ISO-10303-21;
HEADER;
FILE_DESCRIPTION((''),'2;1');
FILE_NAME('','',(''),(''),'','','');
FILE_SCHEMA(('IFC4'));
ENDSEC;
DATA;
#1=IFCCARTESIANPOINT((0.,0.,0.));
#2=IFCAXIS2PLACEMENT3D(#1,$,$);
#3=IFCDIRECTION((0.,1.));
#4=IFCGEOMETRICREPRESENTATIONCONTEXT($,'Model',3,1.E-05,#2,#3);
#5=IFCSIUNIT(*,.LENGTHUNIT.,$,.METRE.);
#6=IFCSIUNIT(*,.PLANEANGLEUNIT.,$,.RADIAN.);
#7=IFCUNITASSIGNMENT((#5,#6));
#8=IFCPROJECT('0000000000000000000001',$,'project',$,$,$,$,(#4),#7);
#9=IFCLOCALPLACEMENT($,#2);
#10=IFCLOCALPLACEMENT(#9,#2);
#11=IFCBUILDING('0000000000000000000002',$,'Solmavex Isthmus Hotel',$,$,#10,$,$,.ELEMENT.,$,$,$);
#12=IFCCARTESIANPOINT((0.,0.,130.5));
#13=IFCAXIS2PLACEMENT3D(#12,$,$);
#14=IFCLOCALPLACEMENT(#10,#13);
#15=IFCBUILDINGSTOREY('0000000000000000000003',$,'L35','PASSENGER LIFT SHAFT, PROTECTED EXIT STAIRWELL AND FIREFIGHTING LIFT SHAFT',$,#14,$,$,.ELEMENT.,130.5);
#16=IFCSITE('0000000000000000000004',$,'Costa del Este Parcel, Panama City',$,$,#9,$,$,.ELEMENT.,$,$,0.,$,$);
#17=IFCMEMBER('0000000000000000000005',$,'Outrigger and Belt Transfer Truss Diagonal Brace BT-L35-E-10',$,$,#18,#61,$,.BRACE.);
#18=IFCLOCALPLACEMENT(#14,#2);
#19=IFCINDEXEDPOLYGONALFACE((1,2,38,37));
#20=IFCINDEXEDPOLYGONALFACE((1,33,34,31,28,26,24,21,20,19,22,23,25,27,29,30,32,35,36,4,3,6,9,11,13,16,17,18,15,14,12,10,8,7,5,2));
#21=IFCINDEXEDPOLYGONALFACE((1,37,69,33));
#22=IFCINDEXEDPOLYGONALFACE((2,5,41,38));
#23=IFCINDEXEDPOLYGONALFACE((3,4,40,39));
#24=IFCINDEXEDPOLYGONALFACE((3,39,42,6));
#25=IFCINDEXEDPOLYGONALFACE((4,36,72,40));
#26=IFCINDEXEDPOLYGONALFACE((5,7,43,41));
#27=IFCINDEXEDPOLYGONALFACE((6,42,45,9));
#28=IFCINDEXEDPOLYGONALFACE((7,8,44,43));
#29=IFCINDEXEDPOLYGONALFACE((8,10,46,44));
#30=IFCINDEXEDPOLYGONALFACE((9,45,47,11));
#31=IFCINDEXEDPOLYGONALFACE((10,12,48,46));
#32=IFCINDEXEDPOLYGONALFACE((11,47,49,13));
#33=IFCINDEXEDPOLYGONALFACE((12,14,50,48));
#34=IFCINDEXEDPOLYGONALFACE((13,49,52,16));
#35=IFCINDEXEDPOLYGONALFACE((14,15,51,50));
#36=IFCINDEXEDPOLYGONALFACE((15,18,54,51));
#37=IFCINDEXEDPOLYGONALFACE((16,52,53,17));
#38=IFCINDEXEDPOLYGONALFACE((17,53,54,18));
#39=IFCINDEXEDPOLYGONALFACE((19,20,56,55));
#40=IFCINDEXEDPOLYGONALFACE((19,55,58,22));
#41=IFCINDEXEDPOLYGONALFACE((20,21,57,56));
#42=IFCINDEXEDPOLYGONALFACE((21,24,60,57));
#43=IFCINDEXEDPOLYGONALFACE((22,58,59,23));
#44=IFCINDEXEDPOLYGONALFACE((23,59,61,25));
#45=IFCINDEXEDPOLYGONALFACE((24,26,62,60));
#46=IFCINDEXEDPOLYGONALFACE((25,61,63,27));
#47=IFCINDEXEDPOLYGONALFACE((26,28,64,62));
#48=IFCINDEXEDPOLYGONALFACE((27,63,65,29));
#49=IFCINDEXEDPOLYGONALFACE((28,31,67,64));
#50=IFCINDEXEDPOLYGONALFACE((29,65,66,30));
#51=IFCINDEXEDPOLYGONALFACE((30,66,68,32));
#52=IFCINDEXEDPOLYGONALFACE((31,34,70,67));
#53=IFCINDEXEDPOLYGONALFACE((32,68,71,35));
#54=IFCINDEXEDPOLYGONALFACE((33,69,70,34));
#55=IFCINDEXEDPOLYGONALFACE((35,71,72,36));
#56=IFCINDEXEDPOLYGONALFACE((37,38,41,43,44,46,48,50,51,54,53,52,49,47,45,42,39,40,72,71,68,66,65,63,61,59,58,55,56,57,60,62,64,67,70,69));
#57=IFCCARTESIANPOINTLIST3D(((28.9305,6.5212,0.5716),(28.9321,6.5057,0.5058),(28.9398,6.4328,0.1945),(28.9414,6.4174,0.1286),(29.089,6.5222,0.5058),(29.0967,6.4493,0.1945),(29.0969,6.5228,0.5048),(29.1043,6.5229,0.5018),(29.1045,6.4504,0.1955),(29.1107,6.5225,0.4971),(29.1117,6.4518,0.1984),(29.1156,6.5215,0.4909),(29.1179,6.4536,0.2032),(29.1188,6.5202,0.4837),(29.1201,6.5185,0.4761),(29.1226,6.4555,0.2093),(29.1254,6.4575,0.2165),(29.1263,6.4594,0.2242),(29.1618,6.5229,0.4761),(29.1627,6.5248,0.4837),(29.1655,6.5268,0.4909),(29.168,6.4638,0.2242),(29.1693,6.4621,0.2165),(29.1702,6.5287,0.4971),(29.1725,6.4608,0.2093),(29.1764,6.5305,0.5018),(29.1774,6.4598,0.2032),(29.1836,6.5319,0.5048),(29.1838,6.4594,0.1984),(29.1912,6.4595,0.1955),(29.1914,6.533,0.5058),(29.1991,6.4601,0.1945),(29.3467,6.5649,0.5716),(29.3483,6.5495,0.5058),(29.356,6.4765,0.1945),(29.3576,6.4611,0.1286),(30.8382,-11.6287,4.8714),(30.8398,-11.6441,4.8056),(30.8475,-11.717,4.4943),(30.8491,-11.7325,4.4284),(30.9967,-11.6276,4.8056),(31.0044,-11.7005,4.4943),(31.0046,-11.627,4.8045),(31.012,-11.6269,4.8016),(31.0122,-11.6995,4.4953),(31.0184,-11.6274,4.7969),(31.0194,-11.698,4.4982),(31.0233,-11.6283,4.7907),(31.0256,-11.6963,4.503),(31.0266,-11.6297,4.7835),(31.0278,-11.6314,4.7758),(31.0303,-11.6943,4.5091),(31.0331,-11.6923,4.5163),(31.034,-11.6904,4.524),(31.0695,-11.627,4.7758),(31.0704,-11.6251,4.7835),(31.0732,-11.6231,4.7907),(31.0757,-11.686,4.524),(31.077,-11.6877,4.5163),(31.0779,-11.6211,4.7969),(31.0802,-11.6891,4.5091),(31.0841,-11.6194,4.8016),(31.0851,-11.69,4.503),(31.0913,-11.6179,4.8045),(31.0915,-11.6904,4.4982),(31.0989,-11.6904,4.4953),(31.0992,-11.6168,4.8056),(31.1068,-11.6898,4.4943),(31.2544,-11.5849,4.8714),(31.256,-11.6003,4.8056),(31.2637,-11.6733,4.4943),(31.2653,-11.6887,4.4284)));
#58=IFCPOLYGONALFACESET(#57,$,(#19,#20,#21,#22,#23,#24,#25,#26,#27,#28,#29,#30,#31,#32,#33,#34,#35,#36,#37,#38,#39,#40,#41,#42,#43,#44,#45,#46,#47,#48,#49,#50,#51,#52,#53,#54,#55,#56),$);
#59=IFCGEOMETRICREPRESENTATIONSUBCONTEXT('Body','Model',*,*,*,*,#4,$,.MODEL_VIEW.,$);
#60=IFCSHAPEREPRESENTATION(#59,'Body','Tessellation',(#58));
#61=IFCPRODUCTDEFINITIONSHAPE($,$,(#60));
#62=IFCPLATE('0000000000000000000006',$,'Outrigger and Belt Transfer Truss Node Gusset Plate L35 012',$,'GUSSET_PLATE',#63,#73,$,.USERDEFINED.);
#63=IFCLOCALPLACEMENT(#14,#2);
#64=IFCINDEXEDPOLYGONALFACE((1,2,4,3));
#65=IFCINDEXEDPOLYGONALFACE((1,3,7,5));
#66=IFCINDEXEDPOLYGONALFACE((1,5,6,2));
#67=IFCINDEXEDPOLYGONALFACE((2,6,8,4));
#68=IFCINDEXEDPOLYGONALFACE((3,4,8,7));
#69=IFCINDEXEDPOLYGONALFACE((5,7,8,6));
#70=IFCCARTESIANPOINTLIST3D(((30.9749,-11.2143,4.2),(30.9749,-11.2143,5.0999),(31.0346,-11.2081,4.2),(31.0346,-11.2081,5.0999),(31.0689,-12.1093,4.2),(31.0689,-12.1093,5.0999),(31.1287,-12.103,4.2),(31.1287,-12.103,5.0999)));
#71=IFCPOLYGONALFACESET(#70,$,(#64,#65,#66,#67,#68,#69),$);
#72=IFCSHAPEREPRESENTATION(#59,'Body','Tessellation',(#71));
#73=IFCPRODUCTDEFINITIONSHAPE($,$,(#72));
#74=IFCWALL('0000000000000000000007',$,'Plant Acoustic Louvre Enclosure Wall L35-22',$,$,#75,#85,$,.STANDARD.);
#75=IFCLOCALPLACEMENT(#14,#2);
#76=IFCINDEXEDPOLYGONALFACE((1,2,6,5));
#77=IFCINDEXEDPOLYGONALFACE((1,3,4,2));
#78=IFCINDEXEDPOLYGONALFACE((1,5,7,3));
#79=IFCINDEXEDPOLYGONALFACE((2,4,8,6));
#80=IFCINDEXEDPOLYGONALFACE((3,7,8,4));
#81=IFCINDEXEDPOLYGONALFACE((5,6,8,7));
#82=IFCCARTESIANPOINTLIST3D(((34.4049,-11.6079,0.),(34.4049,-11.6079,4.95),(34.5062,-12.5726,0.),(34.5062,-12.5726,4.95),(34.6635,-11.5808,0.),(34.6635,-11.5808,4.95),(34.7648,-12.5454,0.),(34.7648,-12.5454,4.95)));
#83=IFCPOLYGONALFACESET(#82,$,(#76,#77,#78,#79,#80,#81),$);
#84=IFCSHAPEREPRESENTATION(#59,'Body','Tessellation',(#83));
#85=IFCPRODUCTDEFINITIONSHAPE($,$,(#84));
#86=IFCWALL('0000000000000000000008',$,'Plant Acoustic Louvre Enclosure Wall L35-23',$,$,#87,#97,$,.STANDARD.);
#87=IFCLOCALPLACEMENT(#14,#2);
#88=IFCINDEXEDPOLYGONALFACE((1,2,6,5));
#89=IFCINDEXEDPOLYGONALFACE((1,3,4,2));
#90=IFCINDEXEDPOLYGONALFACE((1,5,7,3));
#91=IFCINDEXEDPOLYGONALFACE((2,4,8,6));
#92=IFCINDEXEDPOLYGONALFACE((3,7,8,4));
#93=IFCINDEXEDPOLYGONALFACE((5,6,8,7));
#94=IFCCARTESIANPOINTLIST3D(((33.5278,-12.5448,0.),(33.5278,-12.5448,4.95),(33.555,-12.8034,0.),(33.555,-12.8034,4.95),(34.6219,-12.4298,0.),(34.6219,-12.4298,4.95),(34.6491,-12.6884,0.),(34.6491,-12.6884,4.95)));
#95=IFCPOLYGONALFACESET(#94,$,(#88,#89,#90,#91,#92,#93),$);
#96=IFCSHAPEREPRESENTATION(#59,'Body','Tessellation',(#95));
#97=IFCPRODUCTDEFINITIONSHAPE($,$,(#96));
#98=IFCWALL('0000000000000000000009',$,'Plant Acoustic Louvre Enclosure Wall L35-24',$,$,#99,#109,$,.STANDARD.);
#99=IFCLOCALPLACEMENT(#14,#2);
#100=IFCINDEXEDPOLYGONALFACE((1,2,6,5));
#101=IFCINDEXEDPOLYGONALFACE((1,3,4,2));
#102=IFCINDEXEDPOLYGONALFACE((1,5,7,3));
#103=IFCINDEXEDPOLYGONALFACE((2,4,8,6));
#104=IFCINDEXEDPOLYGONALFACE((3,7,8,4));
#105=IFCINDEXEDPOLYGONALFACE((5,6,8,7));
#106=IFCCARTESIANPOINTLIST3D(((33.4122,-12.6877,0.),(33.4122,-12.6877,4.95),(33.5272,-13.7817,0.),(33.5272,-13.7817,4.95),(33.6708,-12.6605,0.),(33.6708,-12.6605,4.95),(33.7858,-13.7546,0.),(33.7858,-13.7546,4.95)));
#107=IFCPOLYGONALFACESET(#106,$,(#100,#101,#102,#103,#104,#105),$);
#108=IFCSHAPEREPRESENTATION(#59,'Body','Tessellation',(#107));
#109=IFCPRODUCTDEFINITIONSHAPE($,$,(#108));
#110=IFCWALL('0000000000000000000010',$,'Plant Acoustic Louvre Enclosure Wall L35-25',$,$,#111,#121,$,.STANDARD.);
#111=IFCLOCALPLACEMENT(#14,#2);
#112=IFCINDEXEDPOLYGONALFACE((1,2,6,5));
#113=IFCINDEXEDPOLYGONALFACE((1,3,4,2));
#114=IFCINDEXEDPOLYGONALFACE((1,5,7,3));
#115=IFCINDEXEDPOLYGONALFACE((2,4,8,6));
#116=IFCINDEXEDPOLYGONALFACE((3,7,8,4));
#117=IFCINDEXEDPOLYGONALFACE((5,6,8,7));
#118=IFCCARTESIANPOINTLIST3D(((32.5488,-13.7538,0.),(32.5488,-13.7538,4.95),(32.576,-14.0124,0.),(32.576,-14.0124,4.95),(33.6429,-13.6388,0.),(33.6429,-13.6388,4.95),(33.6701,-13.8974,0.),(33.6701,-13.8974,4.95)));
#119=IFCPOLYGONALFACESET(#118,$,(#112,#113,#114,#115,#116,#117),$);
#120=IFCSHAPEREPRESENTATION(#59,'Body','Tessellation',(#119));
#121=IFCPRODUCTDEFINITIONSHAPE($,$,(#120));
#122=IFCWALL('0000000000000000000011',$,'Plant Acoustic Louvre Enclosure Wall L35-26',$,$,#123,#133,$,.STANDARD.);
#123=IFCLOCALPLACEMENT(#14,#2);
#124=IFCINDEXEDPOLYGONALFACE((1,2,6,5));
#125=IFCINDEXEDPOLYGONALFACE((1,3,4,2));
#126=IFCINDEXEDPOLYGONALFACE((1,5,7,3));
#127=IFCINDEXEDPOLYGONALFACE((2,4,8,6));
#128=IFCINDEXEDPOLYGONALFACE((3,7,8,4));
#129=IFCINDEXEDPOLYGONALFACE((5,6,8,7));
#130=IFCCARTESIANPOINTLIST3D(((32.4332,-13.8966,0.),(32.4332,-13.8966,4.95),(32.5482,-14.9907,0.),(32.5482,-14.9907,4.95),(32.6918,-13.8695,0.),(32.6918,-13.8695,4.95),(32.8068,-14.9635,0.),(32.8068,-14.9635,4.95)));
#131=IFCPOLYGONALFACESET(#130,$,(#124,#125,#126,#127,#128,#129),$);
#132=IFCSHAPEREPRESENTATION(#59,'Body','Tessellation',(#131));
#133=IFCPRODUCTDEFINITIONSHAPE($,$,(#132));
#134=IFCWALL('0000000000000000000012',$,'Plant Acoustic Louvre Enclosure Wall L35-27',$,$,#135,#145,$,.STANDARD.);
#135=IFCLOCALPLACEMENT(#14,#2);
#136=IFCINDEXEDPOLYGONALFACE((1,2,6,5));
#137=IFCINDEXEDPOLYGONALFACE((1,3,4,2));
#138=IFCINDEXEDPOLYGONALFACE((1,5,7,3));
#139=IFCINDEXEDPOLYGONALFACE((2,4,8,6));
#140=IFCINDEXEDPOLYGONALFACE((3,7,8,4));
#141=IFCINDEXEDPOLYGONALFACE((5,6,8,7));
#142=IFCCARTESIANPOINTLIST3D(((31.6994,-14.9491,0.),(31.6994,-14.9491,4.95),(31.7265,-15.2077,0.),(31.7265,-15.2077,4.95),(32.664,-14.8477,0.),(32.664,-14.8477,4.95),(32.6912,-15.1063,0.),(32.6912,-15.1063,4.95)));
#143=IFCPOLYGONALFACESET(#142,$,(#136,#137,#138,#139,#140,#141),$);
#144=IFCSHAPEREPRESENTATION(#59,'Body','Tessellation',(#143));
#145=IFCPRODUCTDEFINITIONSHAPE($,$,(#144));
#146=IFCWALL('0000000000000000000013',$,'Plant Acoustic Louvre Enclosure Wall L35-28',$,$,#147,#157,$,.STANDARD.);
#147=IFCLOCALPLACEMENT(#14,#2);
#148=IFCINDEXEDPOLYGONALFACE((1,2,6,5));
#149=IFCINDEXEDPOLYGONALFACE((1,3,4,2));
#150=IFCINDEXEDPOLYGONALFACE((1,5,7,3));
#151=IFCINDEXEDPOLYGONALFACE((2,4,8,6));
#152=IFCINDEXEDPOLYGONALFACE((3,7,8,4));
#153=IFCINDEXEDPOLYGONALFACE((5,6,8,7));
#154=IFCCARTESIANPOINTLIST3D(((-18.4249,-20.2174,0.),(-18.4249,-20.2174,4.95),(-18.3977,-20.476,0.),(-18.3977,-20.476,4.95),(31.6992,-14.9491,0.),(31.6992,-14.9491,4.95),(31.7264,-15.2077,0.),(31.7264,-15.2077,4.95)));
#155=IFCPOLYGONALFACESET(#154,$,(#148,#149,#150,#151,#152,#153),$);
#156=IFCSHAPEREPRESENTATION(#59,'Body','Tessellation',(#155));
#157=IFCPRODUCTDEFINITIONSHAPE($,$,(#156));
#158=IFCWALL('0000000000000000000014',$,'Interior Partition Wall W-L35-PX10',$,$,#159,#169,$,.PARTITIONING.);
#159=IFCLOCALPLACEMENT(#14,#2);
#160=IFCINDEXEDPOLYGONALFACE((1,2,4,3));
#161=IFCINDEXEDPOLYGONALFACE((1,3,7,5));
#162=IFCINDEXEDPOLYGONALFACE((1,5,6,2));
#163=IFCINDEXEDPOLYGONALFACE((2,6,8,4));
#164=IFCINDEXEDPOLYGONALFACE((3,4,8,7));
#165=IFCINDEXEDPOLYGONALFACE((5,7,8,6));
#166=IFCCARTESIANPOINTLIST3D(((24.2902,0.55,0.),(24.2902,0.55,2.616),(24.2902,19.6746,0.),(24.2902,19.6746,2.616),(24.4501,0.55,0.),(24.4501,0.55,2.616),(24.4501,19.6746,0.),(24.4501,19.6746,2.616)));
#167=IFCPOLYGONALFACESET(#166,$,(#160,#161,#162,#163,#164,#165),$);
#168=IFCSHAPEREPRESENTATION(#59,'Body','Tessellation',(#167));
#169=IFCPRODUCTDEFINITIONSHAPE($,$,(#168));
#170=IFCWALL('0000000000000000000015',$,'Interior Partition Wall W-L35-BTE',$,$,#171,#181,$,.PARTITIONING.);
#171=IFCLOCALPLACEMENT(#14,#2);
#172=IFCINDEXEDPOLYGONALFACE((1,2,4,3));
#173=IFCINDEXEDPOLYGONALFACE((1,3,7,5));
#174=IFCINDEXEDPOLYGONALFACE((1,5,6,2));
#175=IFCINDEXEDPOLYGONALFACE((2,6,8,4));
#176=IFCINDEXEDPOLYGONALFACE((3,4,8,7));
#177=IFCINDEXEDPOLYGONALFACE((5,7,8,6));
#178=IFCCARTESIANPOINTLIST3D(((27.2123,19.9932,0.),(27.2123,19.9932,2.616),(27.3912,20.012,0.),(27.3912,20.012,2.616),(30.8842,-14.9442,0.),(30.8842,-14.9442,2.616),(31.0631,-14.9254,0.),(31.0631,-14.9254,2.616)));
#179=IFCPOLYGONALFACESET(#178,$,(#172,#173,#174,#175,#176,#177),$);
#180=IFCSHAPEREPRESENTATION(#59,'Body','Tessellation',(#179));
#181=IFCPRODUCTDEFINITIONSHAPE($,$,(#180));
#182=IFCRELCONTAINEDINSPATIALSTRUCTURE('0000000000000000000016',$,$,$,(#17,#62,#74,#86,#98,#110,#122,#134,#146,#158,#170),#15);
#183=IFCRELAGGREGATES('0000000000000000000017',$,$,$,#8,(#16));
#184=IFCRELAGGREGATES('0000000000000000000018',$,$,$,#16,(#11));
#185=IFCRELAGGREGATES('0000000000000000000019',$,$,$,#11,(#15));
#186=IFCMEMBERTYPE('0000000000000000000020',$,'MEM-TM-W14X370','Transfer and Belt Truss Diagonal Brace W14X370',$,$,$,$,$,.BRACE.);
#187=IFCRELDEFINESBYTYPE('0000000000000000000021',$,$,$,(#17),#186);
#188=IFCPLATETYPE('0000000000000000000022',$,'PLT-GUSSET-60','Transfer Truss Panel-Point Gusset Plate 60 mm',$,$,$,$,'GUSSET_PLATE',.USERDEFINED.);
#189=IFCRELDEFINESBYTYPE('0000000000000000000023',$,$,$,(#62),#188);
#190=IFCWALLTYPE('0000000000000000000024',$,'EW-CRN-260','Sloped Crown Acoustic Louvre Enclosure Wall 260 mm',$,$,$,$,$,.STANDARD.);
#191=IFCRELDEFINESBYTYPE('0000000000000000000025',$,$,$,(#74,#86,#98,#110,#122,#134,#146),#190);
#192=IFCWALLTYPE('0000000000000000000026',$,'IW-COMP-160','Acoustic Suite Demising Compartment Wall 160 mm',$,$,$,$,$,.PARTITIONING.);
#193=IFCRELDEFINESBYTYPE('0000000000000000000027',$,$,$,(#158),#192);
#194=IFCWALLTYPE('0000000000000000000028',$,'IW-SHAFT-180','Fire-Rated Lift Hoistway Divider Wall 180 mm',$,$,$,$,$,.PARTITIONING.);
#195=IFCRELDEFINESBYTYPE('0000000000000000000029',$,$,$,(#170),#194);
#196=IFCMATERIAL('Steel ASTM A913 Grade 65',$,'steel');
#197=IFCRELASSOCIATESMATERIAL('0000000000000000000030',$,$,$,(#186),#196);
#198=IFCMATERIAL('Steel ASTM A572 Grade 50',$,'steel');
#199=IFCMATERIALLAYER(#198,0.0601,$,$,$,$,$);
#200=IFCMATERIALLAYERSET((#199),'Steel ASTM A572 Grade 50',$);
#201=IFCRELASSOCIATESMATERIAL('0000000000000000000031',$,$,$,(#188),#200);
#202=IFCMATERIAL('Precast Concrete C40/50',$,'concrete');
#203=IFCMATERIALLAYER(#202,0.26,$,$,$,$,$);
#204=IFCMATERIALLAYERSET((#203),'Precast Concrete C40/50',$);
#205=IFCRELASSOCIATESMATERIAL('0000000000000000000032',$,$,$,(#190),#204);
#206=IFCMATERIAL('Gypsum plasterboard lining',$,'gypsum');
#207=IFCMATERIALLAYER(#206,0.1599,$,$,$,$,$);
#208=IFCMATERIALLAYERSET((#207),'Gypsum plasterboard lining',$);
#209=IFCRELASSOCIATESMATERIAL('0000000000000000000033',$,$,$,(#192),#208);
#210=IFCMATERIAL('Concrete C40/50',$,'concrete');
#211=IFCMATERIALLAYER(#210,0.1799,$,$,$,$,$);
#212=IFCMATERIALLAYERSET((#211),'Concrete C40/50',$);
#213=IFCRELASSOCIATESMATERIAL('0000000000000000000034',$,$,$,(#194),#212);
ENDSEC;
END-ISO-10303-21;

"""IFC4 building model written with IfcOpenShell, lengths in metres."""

from ifc_helpers import new_model, si_unit, direction, frame, frame_2d, origin, origin_2d, place, context, subcontext, project, spatial, rectangle, i_section, extrude, material, layer, layer_set, material_profile, profile_set, type_object, element, save


model = new_model("IFC4")

# Units and contexts
model_context = context("Model", 3, precision=1e-05, world=origin(), true_north=direction((0.0, 1.0)))
body_context = subcontext(model_context, "Body", "Model", "MODEL_VIEW")
ifc_project = project(units=[si_unit("LENGTHUNIT", "METRE"), si_unit("PLANEANGLEUNIT", "RADIAN")], contexts=[model_context])

# Site, building, storey
site_placement = place(None, origin())
site = spatial("IfcSite", under=ifc_project, at=site_placement, Name="Costa del Este Parcel, Panama City", CompositionType="ELEMENT", RefElevation=0.0)
building_placement = place(site_placement, origin())
building = spatial("IfcBuilding", under=site, at=building_placement, Name="Solmavex Isthmus Hotel", CompositionType="ELEMENT")
storey_placement = place(building_placement, frame((0.0, 0.0, 130.5)))
storey = spatial("IfcBuildingStorey", under=building, at=storey_placement, Name="L35", Description="PASSENGER LIFT SHAFT, PROTECTED EXIT STAIRWELL AND FIREFIGHTING LIFT SHAFT", CompositionType="ELEMENT", Elevation=130.5)

# Shared definitions
ifc_material_1 = material(Name="Steel ASTM A913 Grade 65", Category="steel")

# Member
ifc_material_profile_1 = material_profile(ifc_material_1, i_section(OverallWidth=0.4185, OverallDepth=0.4551, WebThickness=0.042, FlangeThickness=0.0676, FilletRadius=0.0305, at=origin_2d()), Name="W14X370")
ifc_profile_set_1 = profile_set([ifc_material_profile_1], Name="Steel ASTM A913 Grade 65")
member_type_1 = type_object("IfcMemberType", Name="MEM-TM-W14X370", Description="Transfer and Belt Truss Diagonal Brace W14X370", PredefinedType="BRACE", material=ifc_profile_set_1)
member_1_placement = place(storey_placement, frame((31.0518, -11.6587, 4.6499), z_axis=(-0.101747, 0.968017, -0.229328), x_axis=(-0.994521, -0.104533, 0.0)))
element("IfcMember", 1, at=member_1_placement, inside=storey, type_object=member_type_1, Name="Outrigger and Belt Transfer Truss Diagonal Brace BT-L35-E-10", PredefinedType="BRACE", context=body_context, shape_type="SweptSolid", body=[
    extrude(i_section(OverallWidth=0.4185, OverallDepth=0.4551, WebThickness=0.042, FlangeThickness=0.0676, FilletRadius=0.0305, at=origin_2d()), origin(), (0.0, 0.0, 1.0), 18.7495),
])

# Plate
ifc_material_2 = material(Name="Steel ASTM A572 Grade 50", Category="steel")
ifc_layer_1 = layer(ifc_material_2, 0.0601)
ifc_layer_set_1 = layer_set([ifc_layer_1], Name="Steel ASTM A572 Grade 50")
plate_type = type_object("IfcPlateType", Name="PLT-GUSSET-60", Description="Transfer Truss Panel-Point Gusset Plate 60 mm", ElementType="GUSSET_PLATE", PredefinedType="USERDEFINED", material=ifc_layer_set_1)
plate_placement = place(storey_placement, frame((31.0518, -11.6587, 4.2), z_axis=(0.0, 0.0, 1.0), x_axis=(-0.104528, 0.994522, 0.0)))
element("IfcPlate", 2, at=plate_placement, inside=storey, type_object=plate_type, Name="Outrigger and Belt Transfer Truss Node Gusset Plate L35 012", ObjectType="GUSSET_PLATE", PredefinedType="USERDEFINED", context=body_context, shape_type="SweptSolid", body=[
    extrude(rectangle(XDim=0.8999, YDim=0.0601, at=origin_2d()), origin(), (0.0, 0.0, 1.0), 0.8999),
])

# Walls
ifc_material_3 = material(Name="Precast Concrete C40/50", Category="concrete")
ifc_layer_2 = layer(ifc_material_3, 0.26)
ifc_layer_set_2 = layer_set([ifc_layer_2], Name="Precast Concrete C40/50")
wall_type_1 = type_object("IfcWallType", Name="EW-CRN-260", Description="Sloped Crown Acoustic Louvre Enclosure Wall 260 mm", PredefinedType="STANDARD", material=ifc_layer_set_2)
wall_1_placement = place(storey_placement, frame((34.5342, -11.5945, 0.0), z_axis=(0.0, 0.0, 1.0), x_axis=(0.104462, -0.994529, 0.0)))
element("IfcWall", 3, at=wall_1_placement, inside=storey, type_object=wall_type_1, Name="Plant Acoustic Louvre Enclosure Wall L35-22", PredefinedType="STANDARD", context=body_context, shape_type="SweptSolid", body=[
    extrude(rectangle(XDim=0.97, YDim=0.26, at=frame_2d((0.4849, 0.0))), origin(), (0.0, 0.0, 1.0), 4.95),
])
for number, where, z_axis, x_axis, name in (
    (4, (34.6355, -12.5591, 0.0), (0.0, 0.0, 1.0), (-0.994521, -0.104535, 0.0), "Plant Acoustic Louvre Enclosure Wall L35-23"),
    (5, (33.5415, -12.6741, 0.0), (0.0, 0.0, 1.0), (0.104535, -0.994521, 0.0), "Plant Acoustic Louvre Enclosure Wall L35-24"),
    (6, (33.6565, -13.7681, 0.0), (0.0, 0.0, 1.0), (-0.994521, -0.104535, 0.0), "Plant Acoustic Louvre Enclosure Wall L35-25"),
    (7, (32.5625, -13.8831, 0.0), (0.0, 0.0, 1.0), (0.104535, -0.994521, 0.0), "Plant Acoustic Louvre Enclosure Wall L35-26"),
):
    element("IfcWall", number, at=place(storey_placement, frame(where, z_axis=z_axis, x_axis=x_axis)), inside=storey, type_object=wall_type_1, Name=name, PredefinedType="STANDARD", context=body_context, shape_type="SweptSolid", body=[
        extrude(rectangle(XDim=1.1001, YDim=0.26, at=frame_2d((0.55, 0.0))), origin(), (0.0, 0.0, 1.0), 4.95),
    ])
wall_2_placement = place(storey_placement, frame((32.6775, -14.9771, 0.0), z_axis=(0.0, 0.0, 1.0), x_axis=(-0.994529, -0.104462, 0.0)))
element("IfcWall", 8, at=wall_2_placement, inside=storey, type_object=wall_type_1, Name="Plant Acoustic Louvre Enclosure Wall L35-27", PredefinedType="STANDARD", context=body_context, shape_type="SweptSolid", body=[
    extrude(rectangle(XDim=0.97, YDim=0.26, at=frame_2d((0.4849, 0.0))), origin(), (0.0, 0.0, 1.0), 4.95),
])
wall_3_placement = place(storey_placement, frame((31.7129, -15.0784, 0.0), z_axis=(0.0, 0.0, 1.0), x_axis=(-0.994522, -0.10453, 0.0)))
element("IfcWall", 9, at=wall_3_placement, inside=storey, type_object=wall_type_1, Name="Plant Acoustic Louvre Enclosure Wall L35-28", PredefinedType="STANDARD", context=body_context, shape_type="SweptSolid", body=[
    extrude(rectangle(XDim=50.4001, YDim=0.26, at=frame_2d((25.2002, 0.0))), origin(), (0.0, 0.0, 1.0), 4.95),
])
ifc_material_4 = material(Name="Gypsum plasterboard lining", Category="gypsum")
ifc_layer_3 = layer(ifc_material_4, 0.1599)
ifc_layer_set_3 = layer_set([ifc_layer_3], Name="Gypsum plasterboard lining")
wall_type_2 = type_object("IfcWallType", Name="IW-COMP-160", Description="Acoustic Suite Demising Compartment Wall 160 mm", PredefinedType="PARTITIONING", material=ifc_layer_set_3)
wall_4_placement = place(storey_placement, frame((24.3701, 0.55, 0.0), z_axis=(0.0, 0.0, 1.0), x_axis=(0.0, 1.0, 0.0)))
element("IfcWall", 10, at=wall_4_placement, inside=storey, type_object=wall_type_2, Name="Interior Partition Wall W-L35-PX10", PredefinedType="PARTITIONING", context=body_context, shape_type="SweptSolid", body=[
    extrude(rectangle(XDim=19.1245, YDim=0.1599, at=frame_2d((9.5623, 0.0))), origin(), (0.0, 0.0, 1.0), 2.616),
])
ifc_material_5 = material(Name="Concrete C40/50", Category="concrete")
ifc_layer_4 = layer(ifc_material_5, 0.1799)
ifc_layer_set_4 = layer_set([ifc_layer_4], Name="Concrete C40/50")
wall_type_3 = type_object("IfcWallType", Name="IW-SHAFT-180", Description="Fire-Rated Lift Hoistway Divider Wall 180 mm", PredefinedType="PARTITIONING", material=ifc_layer_set_4)
wall_5_placement = place(storey_placement, frame((30.9736, -14.9348, 0.0), z_axis=(0.0, 0.0, 1.0), x_axis=(-0.104523, 0.994522, 0.0)))
element("IfcWall", 11, at=wall_5_placement, inside=storey, type_object=wall_type_3, Name="Interior Partition Wall W-L35-BTE", PredefinedType="PARTITIONING", context=body_context, shape_type="SweptSolid", body=[
    extrude(rectangle(XDim=35.1299, YDim=0.1799, at=frame_2d((17.5649, 0.0))), origin(), (0.0, 0.0, 1.0), 2.616),
])

save(model, "model.ifc")
